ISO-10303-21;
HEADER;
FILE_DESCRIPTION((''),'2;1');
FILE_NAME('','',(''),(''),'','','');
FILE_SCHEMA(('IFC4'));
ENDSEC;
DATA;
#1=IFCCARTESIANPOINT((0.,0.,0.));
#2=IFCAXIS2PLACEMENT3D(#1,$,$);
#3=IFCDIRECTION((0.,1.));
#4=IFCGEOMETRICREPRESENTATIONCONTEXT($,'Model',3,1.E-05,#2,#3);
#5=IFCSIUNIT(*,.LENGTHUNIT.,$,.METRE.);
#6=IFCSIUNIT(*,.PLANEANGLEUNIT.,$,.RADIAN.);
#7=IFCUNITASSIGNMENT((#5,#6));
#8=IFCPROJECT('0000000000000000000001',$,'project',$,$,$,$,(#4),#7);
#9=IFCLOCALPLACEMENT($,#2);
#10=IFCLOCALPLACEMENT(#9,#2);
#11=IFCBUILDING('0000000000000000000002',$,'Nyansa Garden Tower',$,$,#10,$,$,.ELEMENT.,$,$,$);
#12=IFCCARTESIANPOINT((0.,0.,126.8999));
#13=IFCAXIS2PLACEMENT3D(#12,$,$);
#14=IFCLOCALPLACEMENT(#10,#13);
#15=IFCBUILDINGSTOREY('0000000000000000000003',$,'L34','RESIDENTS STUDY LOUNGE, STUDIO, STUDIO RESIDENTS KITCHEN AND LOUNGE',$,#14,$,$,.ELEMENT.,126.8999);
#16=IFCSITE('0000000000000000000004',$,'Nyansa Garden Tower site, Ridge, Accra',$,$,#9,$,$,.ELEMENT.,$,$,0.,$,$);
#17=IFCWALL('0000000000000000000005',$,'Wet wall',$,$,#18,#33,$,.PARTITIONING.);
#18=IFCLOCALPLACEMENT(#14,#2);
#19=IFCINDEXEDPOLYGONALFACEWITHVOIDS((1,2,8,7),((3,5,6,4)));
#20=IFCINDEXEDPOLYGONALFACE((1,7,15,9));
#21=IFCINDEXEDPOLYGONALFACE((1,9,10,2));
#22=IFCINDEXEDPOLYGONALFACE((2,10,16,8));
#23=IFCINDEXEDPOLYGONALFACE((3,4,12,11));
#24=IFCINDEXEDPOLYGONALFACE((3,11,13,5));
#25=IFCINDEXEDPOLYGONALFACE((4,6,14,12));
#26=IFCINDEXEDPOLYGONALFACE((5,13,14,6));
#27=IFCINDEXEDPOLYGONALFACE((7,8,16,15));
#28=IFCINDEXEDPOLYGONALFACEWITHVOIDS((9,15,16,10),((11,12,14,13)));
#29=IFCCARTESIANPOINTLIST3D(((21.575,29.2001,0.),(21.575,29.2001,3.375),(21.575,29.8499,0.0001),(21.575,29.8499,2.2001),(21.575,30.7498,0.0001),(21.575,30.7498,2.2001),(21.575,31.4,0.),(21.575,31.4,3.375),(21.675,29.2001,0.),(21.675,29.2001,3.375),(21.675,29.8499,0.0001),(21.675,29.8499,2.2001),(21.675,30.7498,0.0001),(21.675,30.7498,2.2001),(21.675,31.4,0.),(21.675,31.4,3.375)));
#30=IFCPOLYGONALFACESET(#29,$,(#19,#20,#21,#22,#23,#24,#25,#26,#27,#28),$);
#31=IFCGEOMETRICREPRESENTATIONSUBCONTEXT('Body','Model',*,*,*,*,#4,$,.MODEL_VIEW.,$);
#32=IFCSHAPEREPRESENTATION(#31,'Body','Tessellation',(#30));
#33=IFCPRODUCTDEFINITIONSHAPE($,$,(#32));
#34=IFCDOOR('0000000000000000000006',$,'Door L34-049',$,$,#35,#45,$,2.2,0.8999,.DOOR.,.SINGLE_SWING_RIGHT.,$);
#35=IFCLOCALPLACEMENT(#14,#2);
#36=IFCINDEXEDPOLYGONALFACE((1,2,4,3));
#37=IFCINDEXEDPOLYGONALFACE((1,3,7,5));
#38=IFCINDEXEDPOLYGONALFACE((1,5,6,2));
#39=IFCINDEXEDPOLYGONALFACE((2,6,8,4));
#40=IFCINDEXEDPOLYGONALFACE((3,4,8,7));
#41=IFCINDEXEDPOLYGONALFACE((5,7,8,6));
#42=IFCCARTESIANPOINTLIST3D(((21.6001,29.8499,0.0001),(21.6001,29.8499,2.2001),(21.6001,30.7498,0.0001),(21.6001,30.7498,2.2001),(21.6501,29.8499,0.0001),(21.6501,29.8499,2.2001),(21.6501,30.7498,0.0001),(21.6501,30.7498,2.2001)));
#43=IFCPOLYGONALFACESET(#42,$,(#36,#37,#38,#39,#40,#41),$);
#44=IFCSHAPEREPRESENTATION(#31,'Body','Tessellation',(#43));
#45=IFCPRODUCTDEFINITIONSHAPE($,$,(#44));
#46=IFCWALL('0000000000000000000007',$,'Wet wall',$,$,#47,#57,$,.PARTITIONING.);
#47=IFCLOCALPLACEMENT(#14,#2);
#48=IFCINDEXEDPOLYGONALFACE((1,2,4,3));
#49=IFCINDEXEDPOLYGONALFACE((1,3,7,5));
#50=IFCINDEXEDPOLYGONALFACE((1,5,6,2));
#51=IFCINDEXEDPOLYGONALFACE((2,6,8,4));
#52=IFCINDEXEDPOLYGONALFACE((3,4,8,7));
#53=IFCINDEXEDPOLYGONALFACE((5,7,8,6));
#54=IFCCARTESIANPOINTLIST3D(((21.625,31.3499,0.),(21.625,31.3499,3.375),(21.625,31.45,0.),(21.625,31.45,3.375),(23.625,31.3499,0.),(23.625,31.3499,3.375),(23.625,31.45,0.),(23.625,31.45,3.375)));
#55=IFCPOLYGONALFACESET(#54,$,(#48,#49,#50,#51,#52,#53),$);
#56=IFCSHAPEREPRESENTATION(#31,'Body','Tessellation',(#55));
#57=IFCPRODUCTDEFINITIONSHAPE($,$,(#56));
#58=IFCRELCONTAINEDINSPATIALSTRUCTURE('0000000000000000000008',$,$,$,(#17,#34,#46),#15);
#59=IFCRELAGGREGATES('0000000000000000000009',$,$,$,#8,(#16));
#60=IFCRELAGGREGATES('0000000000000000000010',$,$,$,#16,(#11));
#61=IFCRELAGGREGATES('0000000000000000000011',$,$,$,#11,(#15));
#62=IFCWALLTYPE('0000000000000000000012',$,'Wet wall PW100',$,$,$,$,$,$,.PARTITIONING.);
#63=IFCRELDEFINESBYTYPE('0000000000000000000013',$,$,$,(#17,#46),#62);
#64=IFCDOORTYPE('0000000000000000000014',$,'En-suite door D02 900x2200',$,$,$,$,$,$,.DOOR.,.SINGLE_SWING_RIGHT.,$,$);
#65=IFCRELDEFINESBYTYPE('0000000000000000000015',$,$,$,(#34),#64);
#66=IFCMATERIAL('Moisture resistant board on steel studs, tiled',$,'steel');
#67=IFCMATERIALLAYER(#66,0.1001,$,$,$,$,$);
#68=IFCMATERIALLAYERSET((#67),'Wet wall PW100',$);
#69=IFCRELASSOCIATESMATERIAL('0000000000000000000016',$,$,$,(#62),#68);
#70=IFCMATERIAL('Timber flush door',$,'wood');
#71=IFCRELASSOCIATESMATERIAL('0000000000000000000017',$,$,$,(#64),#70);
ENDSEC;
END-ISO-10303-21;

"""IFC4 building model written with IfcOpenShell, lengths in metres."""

from ifc_helpers import new_model, si_unit, direction, frame, frame_2d, origin, place, context, subcontext, project, spatial, rectangle, extrude, material, layer, layer_set, type_object, element, fill, save


model = new_model("IFC4")

# Units and contexts
model_context = context("Model", 3, precision=1e-05, world=origin(), true_north=direction((0.0, 1.0)))
body_context = subcontext(model_context, "Body", "Model", "MODEL_VIEW")
ifc_project = project(units=[si_unit("LENGTHUNIT", "METRE"), si_unit("PLANEANGLEUNIT", "RADIAN")], contexts=[model_context])

# Site, building, storey
site_placement = place(None, origin())
site = spatial("IfcSite", under=ifc_project, at=site_placement, Name="Nyansa Garden Tower site, Ridge, Accra", CompositionType="ELEMENT", RefElevation=0.0)
building_placement = place(site_placement, origin())
building = spatial("IfcBuilding", under=site, at=building_placement, Name="Nyansa Garden Tower", CompositionType="ELEMENT")
storey_placement = place(building_placement, frame((0.0, 0.0, 126.8999)))
storey = spatial("IfcBuildingStorey", under=building, at=storey_placement, Name="L34", Description="RESIDENTS STUDY LOUNGE, STUDIO, STUDIO RESIDENTS KITCHEN AND LOUNGE", CompositionType="ELEMENT", Elevation=126.8999)

# Wall, opening, door
ifc_material_1 = material(Name="Moisture resistant board on steel studs, tiled", Category="steel")
ifc_layer_1 = layer(ifc_material_1, 0.1001)
ifc_layer_set_1 = layer_set([ifc_layer_1], Name="Wet wall PW100")
wall_type_1 = type_object("IfcWallType", Name="Wet wall PW100", PredefinedType="PARTITIONING", material=ifc_layer_set_1)
wall_1_placement = place(storey_placement, frame((21.625, 29.2, 0.0), z_axis=(0.0, 0.0, 1.0), x_axis=(0.0, 1.0, 0.0)))
wall_1 = element("IfcWall", 1, at=wall_1_placement, inside=storey, type_object=wall_type_1, Name="Wet wall", PredefinedType="PARTITIONING", context=body_context, shape_type="SweptSolid", body=[
    extrude(rectangle(XDim=2.2, YDim=0.1001, at=frame_2d((1.1001, 0.0))), origin(), (0.0, 0.0, 1.0), 3.375),
])
opening_1_placement = place(wall_1_placement, frame((0.6499, 0.0, 0.0)))
opening_1 = element("IfcOpeningElement", 2, at=opening_1_placement, cuts=wall_1, PredefinedType="OPENING", context=body_context, shape_type="SweptSolid", body=[
    extrude(rectangle(XDim=0.8999, YDim=2.2, at=frame_2d((0.45, 1.1001))), frame((0.0, 0.0601, 0.0), z_axis=(0.0, -1.0, 0.0), x_axis=(1.0, 0.0, 0.0)), (0.0, 0.0, 1.0), 0.1201),
])
ifc_material_2 = material(Name="Timber flush door", Category="wood")
door_type_1 = type_object("IfcDoorType", Name="En-suite door D02 900x2200", OperationType="SINGLE_SWING_RIGHT", PredefinedType="DOOR", material=ifc_material_2)
door_1_placement = place(opening_1_placement, origin())
door_1 = element("IfcDoor", 3, at=door_1_placement, inside=storey, type_object=door_type_1, Name="Door L34-049", OperationType="SINGLE_SWING_RIGHT", OverallHeight=2.2, OverallWidth=0.8999, PredefinedType="DOOR", context=body_context, shape_type="SweptSolid", body=[
    extrude(rectangle(XDim=0.8999, YDim=2.2, at=frame_2d((0.45, 1.1001))), frame((0.0, 0.0249, 0.0), z_axis=(0.0, -1.0, 0.0), x_axis=(1.0, 0.0, 0.0)), (0.0, 0.0, 1.0), 0.05),
])
fill(opening_1, door_1)

# Wall
wall_2_placement = place(storey_placement, frame((21.625, 31.3999, 0.0), z_axis=(0.0, 0.0, 1.0), x_axis=(1.0, 0.0, 0.0)))
element("IfcWall", 4, at=wall_2_placement, inside=storey, type_object=wall_type_1, Name="Wet wall", PredefinedType="PARTITIONING", context=body_context, shape_type="SweptSolid", body=[
    extrude(rectangle(XDim=2.0, YDim=0.1001, at=frame_2d((1.0, 0.0))), origin(), (0.0, 0.0, 1.0), 3.375),
])

save(model, "model.ifc")
